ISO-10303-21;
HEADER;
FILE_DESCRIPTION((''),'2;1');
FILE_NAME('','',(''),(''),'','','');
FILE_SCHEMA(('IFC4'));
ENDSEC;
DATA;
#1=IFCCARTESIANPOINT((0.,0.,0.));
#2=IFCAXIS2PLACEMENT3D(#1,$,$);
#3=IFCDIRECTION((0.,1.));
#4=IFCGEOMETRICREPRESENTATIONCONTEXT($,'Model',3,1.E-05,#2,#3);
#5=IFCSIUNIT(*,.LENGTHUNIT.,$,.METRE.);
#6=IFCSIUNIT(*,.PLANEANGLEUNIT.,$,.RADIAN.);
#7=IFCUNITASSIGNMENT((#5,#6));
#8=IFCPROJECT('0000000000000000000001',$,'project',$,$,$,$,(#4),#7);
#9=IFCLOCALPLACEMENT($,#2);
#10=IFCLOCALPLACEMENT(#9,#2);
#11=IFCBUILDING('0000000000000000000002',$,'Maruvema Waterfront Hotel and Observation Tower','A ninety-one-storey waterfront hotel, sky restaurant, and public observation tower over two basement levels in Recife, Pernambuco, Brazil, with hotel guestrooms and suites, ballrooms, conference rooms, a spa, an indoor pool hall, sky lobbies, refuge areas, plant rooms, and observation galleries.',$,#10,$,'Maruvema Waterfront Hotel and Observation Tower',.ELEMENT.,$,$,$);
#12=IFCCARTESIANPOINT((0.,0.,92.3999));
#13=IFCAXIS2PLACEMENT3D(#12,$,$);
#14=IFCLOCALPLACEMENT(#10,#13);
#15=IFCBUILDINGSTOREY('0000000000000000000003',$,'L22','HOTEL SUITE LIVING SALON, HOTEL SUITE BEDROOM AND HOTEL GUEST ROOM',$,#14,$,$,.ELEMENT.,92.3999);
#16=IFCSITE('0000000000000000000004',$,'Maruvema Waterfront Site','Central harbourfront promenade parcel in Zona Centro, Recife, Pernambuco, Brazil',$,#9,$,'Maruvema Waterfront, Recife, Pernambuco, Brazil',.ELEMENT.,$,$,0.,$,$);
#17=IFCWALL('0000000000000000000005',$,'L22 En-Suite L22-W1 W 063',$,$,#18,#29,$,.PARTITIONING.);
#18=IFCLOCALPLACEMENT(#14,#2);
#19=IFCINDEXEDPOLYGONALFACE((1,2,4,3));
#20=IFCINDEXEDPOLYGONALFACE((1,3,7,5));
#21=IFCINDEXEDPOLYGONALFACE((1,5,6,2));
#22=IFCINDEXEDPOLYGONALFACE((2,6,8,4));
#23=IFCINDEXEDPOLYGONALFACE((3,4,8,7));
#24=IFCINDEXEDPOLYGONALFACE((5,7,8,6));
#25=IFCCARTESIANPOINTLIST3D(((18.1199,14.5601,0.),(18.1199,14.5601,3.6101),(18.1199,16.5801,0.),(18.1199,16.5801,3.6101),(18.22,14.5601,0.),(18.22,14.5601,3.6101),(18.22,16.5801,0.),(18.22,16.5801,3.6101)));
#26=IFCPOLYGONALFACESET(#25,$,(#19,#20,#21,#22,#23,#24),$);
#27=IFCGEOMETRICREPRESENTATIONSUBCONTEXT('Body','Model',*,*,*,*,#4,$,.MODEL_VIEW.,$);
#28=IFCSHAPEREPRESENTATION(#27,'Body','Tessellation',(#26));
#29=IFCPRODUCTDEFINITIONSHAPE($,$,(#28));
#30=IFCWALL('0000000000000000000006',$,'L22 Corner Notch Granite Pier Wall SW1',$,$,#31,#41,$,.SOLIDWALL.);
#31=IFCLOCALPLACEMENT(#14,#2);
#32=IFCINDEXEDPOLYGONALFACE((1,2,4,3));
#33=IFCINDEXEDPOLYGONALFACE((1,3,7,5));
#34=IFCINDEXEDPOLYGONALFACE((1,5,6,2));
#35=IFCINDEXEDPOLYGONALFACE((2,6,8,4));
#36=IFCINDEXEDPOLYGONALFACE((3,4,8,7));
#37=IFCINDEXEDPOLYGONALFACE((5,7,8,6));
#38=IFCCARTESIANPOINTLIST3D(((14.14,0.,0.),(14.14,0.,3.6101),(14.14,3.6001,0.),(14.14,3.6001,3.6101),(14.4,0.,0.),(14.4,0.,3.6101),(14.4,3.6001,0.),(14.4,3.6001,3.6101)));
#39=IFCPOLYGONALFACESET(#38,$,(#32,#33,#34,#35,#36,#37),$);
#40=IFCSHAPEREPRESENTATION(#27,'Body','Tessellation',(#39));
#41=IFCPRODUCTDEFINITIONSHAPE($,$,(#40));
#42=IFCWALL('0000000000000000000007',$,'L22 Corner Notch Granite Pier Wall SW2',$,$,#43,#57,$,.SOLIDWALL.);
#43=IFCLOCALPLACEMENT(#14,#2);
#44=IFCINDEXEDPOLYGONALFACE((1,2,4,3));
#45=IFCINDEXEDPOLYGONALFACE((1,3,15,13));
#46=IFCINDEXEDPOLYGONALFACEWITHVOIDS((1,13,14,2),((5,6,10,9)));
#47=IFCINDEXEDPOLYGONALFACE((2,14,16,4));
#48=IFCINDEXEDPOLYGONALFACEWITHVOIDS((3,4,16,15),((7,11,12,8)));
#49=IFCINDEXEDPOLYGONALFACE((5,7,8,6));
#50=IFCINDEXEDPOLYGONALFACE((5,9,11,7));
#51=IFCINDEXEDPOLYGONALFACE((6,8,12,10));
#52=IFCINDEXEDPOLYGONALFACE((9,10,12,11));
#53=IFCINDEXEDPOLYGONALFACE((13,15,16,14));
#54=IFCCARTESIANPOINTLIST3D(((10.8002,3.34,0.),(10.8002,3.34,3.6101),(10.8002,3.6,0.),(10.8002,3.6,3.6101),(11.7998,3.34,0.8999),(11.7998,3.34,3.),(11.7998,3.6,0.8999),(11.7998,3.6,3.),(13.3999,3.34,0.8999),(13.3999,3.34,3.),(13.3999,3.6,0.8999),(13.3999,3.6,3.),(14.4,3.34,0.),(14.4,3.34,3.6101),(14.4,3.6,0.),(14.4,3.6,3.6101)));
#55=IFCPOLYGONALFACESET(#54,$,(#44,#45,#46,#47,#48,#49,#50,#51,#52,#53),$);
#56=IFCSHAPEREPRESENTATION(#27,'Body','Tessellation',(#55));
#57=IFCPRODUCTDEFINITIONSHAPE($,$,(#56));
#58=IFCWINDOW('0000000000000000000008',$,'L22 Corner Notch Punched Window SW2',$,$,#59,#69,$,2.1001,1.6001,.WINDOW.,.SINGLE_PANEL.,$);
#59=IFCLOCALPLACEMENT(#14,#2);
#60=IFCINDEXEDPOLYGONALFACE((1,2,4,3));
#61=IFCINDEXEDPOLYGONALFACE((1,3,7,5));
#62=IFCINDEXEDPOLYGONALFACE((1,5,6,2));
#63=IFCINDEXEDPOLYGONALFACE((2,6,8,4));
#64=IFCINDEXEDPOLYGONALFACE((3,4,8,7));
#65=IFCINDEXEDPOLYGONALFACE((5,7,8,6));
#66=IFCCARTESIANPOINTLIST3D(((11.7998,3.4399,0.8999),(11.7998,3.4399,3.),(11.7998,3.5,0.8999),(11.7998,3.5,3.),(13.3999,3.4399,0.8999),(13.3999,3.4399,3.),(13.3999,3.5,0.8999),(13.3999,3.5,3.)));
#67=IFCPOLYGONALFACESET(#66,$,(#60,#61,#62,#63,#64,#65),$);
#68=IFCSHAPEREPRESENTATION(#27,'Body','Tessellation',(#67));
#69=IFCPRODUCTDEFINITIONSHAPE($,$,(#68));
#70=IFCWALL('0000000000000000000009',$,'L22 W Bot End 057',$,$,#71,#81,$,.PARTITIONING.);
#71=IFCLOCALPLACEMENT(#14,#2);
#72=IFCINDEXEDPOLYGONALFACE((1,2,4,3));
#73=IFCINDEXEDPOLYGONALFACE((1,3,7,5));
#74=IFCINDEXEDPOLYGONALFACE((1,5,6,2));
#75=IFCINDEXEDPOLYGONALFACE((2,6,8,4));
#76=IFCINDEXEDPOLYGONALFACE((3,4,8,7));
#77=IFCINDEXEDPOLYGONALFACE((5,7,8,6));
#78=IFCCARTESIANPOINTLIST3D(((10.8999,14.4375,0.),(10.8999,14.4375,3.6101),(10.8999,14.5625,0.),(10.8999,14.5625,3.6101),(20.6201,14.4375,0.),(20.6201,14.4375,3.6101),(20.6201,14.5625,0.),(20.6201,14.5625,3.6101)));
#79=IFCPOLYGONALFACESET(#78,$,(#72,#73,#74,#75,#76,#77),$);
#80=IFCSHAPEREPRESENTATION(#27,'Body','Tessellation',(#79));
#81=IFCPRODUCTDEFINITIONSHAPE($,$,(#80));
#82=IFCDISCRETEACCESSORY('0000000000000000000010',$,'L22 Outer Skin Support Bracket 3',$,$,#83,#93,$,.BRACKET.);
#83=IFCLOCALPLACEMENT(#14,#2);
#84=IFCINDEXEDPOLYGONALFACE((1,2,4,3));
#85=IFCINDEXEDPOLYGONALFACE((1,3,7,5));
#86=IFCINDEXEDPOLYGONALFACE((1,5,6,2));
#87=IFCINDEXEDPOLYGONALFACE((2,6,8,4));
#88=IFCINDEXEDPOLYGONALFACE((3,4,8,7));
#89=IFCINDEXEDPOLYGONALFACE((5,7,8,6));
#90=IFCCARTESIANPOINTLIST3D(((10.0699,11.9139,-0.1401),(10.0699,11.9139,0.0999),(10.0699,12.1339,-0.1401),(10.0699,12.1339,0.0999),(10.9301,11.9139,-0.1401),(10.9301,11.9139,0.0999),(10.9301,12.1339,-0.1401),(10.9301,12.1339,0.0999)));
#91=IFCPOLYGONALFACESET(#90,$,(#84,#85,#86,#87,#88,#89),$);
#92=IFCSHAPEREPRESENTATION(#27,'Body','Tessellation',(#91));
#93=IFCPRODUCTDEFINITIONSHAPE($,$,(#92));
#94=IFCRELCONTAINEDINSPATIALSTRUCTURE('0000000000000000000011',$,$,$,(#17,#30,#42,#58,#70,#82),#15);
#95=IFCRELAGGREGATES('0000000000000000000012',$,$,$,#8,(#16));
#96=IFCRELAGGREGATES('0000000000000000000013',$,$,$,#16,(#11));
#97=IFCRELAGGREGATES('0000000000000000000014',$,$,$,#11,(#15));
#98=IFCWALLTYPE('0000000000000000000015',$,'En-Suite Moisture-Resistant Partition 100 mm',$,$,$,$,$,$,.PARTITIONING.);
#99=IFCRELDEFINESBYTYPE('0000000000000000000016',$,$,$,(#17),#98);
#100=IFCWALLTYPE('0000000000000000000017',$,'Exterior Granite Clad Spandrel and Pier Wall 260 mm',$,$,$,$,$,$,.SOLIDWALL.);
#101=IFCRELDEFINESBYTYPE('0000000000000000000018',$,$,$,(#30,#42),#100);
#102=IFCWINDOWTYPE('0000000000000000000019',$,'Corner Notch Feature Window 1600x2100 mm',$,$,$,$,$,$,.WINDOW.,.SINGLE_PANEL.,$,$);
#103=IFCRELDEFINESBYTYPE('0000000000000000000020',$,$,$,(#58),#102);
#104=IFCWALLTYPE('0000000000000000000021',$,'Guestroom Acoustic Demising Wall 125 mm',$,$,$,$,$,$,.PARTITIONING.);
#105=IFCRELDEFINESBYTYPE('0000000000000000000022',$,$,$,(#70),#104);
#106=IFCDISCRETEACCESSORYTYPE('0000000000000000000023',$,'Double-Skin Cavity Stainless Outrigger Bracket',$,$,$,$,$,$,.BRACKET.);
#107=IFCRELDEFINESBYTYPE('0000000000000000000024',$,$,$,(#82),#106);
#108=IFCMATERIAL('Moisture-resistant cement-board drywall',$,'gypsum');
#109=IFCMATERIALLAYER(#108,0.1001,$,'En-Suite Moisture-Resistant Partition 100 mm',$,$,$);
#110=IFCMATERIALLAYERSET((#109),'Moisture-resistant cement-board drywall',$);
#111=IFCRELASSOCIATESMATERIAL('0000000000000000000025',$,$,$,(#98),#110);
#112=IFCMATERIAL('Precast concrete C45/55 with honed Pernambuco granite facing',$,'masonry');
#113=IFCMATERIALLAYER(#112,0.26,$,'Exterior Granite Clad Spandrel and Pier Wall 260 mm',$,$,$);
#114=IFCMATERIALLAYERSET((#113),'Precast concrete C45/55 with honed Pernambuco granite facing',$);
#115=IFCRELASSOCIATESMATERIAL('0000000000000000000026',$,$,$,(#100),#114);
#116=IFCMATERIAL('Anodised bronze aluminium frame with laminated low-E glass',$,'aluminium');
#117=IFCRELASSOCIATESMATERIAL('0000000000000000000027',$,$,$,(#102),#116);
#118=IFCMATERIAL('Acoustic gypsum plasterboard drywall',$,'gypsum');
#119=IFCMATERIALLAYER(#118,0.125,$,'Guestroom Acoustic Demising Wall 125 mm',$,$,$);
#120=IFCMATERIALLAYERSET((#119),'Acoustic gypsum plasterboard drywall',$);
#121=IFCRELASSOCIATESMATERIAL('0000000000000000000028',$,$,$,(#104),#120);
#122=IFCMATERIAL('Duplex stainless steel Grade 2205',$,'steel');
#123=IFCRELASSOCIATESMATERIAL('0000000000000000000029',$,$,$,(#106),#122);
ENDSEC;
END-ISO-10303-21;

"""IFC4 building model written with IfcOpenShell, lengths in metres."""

from ifc_helpers import new_model, si_unit, direction, frame, frame_2d, origin, origin_2d, place, context, subcontext, project, spatial, rectangle, extrude, material, layer, layer_set, type_object, element, fill, save


model = new_model("IFC4")

# Units and contexts
model_context = context("Model", 3, precision=1e-05, world=origin(), true_north=direction((0.0, 1.0)))
body_context = subcontext(model_context, "Body", "Model", "MODEL_VIEW")
ifc_project = project(units=[si_unit("LENGTHUNIT", "METRE"), si_unit("PLANEANGLEUNIT", "RADIAN")], contexts=[model_context])

# Site, building, storey
site_placement = place(None, origin())
site = spatial("IfcSite", under=ifc_project, at=site_placement, Name="Maruvema Waterfront Site", Description="Central harbourfront promenade parcel in Zona Centro, Recife, Pernambuco, Brazil", LongName="Maruvema Waterfront, Recife, Pernambuco, Brazil", CompositionType="ELEMENT", RefElevation=0.0)
building_placement = place(site_placement, origin())
building = spatial("IfcBuilding", under=site, at=building_placement, Name="Maruvema Waterfront Hotel and Observation Tower", Description="A ninety-one-storey waterfront hotel, sky restaurant, and public observation tower over two basement levels in Recife, Pernambuco, Brazil, with hotel guestrooms and suites, ballrooms, conference rooms, a spa, an indoor pool hall, sky lobbies, refuge areas, plant rooms, and observation galleries.", LongName="Maruvema Waterfront Hotel and Observation Tower", CompositionType="ELEMENT")
storey_placement = place(building_placement, frame((0.0, 0.0, 92.3999)))
storey = spatial("IfcBuildingStorey", under=building, at=storey_placement, Name="L22", Description="HOTEL SUITE LIVING SALON, HOTEL SUITE BEDROOM AND HOTEL GUEST ROOM", CompositionType="ELEMENT", Elevation=92.3999)

# Walls
ifc_material_1 = material(Name="Moisture-resistant cement-board drywall", Category="gypsum")
ifc_layer_1 = layer(ifc_material_1, 0.1001, Name="En-Suite Moisture-Resistant Partition 100 mm")
ifc_layer_set_1 = layer_set([ifc_layer_1], Name="Moisture-resistant cement-board drywall")
wall_type_1 = type_object("IfcWallType", Name="En-Suite Moisture-Resistant Partition 100 mm", PredefinedType="PARTITIONING", material=ifc_layer_set_1)
wall_1_placement = place(storey_placement, frame((18.1699, 14.5601, 0.0), z_axis=(0.0, 0.0, 1.0), x_axis=(0.0, 1.0, 0.0)))
element("IfcWall", 1, at=wall_1_placement, inside=storey, type_object=wall_type_1, Name="L22 En-Suite L22-W1 W 063", PredefinedType="PARTITIONING", context=body_context, shape_type="SweptSolid", body=[
    extrude(rectangle(XDim=2.02, YDim=0.1001, at=frame_2d((1.01, 0.0))), origin(), (0.0, 0.0, 1.0), 3.6101),
])
ifc_material_2 = material(Name="Precast concrete C45/55 with honed Pernambuco granite facing", Category="masonry")
ifc_layer_2 = layer(ifc_material_2, 0.26, Name="Exterior Granite Clad Spandrel and Pier Wall 260 mm")
ifc_layer_set_2 = layer_set([ifc_layer_2], Name="Precast concrete C45/55 with honed Pernambuco granite facing")
wall_type_2 = type_object("IfcWallType", Name="Exterior Granite Clad Spandrel and Pier Wall 260 mm", PredefinedType="SOLIDWALL", material=ifc_layer_set_2)
wall_2_placement = place(storey_placement, frame((14.27, 0.0, 0.0), z_axis=(0.0, 0.0, 1.0), x_axis=(0.0, 1.0, 0.0)))
element("IfcWall", 2, at=wall_2_placement, inside=storey, type_object=wall_type_2, Name="L22 Corner Notch Granite Pier Wall SW1", PredefinedType="SOLIDWALL", context=body_context, shape_type="SweptSolid", body=[
    extrude(rectangle(XDim=3.6001, YDim=0.26, at=frame_2d((1.8, 0.0))), origin(), (0.0, 0.0, 1.0), 3.6101),
])

# Wall, opening, window
wall_3_placement = place(storey_placement, frame((14.3999, 3.47, 0.0), z_axis=(0.0, 0.0, 1.0), x_axis=(-1.0, 0.0, 0.0)))
wall_3 = element("IfcWall", 3, at=wall_3_placement, inside=storey, type_object=wall_type_2, Name="L22 Corner Notch Granite Pier Wall SW2", PredefinedType="SOLIDWALL", context=body_context, shape_type="SweptSolid", body=[
    extrude(rectangle(XDim=3.5999, YDim=0.26, at=frame_2d((1.7998, 0.0))), origin(), (0.0, 0.0, 1.0), 3.6101),
])
opening_placement = place(wall_3_placement, frame((1.0, 0.0, 0.8999)))
opening = element("IfcOpeningElement", 4, at=opening_placement, cuts=wall_3, PredefinedType="OPENING", context=body_context, shape_type="SweptSolid", body=[
    extrude(rectangle(XDim=1.6001, YDim=2.1001, at=frame_2d((0.8, 1.05))), frame((0.0, 0.1401, 0.0), z_axis=(0.0, -1.0, 0.0), x_axis=(1.0, 0.0, 0.0)), (0.0, 0.0, 1.0), 0.28),
])
ifc_material_3 = material(Name="Anodised bronze aluminium frame with laminated low-E glass", Category="aluminium")
window_type = type_object("IfcWindowType", Name="Corner Notch Feature Window 1600x2100 mm", PartitioningType="SINGLE_PANEL", PredefinedType="WINDOW", material=ifc_material_3)
window_placement = place(opening_placement, origin())
window = element("IfcWindow", 5, at=window_placement, inside=storey, type_object=window_type, Name="L22 Corner Notch Punched Window SW2", OverallHeight=2.1001, OverallWidth=1.6001, PartitioningType="SINGLE_PANEL", PredefinedType="WINDOW", context=body_context, shape_type="SweptSolid", body=[
    extrude(rectangle(XDim=1.6001, YDim=2.1001, at=frame_2d((0.8, 1.05))), frame((0.0, 0.03, 0.0), z_axis=(0.0, -1.0, 0.0), x_axis=(1.0, 0.0, 0.0)), (0.0, 0.0, 1.0), 0.0601),
])
fill(opening, window)

# Wall
ifc_material_4 = material(Name="Acoustic gypsum plasterboard drywall", Category="gypsum")
ifc_layer_3 = layer(ifc_material_4, 0.125, Name="Guestroom Acoustic Demising Wall 125 mm")
ifc_layer_set_3 = layer_set([ifc_layer_3], Name="Acoustic gypsum plasterboard drywall")
wall_type_3 = type_object("IfcWallType", Name="Guestroom Acoustic Demising Wall 125 mm", PredefinedType="PARTITIONING", material=ifc_layer_set_3)
wall_4_placement = place(storey_placement, frame((10.8999, 14.5, 0.0), z_axis=(0.0, 0.0, 1.0), x_axis=(1.0, 0.0, 0.0)))
element("IfcWall", 6, at=wall_4_placement, inside=storey, type_object=wall_type_3, Name="L22 W Bot End 057", PredefinedType="PARTITIONING", context=body_context, shape_type="SweptSolid", body=[
    extrude(rectangle(XDim=9.7202, YDim=0.125, at=frame_2d((4.8601, 0.0))), origin(), (0.0, 0.0, 1.0), 3.6101),
])

# Discrete accessory
ifc_material_5 = material(Name="Duplex stainless steel Grade 2205", Category="steel")
discrete_accessory_type = type_object("IfcDiscreteAccessoryType", Name="Double-Skin Cavity Stainless Outrigger Bracket", PredefinedType="BRACKET", material=ifc_material_5)
discrete_accessory_placement = place(storey_placement, frame((10.5, 12.0239, -0.1401), z_axis=(0.0, 0.0, 1.0), x_axis=(0.0, -1.0, 0.0)))
element("IfcDiscreteAccessory", 7, at=discrete_accessory_placement, inside=storey, type_object=discrete_accessory_type, Name="L22 Outer Skin Support Bracket 3", PredefinedType="BRACKET", context=body_context, shape_type="SweptSolid", body=[
    extrude(rectangle(XDim=0.22, YDim=0.8601, at=origin_2d()), origin(), (0.0, 0.0, 1.0), 0.24),
])

save(model, "model.ifc")
